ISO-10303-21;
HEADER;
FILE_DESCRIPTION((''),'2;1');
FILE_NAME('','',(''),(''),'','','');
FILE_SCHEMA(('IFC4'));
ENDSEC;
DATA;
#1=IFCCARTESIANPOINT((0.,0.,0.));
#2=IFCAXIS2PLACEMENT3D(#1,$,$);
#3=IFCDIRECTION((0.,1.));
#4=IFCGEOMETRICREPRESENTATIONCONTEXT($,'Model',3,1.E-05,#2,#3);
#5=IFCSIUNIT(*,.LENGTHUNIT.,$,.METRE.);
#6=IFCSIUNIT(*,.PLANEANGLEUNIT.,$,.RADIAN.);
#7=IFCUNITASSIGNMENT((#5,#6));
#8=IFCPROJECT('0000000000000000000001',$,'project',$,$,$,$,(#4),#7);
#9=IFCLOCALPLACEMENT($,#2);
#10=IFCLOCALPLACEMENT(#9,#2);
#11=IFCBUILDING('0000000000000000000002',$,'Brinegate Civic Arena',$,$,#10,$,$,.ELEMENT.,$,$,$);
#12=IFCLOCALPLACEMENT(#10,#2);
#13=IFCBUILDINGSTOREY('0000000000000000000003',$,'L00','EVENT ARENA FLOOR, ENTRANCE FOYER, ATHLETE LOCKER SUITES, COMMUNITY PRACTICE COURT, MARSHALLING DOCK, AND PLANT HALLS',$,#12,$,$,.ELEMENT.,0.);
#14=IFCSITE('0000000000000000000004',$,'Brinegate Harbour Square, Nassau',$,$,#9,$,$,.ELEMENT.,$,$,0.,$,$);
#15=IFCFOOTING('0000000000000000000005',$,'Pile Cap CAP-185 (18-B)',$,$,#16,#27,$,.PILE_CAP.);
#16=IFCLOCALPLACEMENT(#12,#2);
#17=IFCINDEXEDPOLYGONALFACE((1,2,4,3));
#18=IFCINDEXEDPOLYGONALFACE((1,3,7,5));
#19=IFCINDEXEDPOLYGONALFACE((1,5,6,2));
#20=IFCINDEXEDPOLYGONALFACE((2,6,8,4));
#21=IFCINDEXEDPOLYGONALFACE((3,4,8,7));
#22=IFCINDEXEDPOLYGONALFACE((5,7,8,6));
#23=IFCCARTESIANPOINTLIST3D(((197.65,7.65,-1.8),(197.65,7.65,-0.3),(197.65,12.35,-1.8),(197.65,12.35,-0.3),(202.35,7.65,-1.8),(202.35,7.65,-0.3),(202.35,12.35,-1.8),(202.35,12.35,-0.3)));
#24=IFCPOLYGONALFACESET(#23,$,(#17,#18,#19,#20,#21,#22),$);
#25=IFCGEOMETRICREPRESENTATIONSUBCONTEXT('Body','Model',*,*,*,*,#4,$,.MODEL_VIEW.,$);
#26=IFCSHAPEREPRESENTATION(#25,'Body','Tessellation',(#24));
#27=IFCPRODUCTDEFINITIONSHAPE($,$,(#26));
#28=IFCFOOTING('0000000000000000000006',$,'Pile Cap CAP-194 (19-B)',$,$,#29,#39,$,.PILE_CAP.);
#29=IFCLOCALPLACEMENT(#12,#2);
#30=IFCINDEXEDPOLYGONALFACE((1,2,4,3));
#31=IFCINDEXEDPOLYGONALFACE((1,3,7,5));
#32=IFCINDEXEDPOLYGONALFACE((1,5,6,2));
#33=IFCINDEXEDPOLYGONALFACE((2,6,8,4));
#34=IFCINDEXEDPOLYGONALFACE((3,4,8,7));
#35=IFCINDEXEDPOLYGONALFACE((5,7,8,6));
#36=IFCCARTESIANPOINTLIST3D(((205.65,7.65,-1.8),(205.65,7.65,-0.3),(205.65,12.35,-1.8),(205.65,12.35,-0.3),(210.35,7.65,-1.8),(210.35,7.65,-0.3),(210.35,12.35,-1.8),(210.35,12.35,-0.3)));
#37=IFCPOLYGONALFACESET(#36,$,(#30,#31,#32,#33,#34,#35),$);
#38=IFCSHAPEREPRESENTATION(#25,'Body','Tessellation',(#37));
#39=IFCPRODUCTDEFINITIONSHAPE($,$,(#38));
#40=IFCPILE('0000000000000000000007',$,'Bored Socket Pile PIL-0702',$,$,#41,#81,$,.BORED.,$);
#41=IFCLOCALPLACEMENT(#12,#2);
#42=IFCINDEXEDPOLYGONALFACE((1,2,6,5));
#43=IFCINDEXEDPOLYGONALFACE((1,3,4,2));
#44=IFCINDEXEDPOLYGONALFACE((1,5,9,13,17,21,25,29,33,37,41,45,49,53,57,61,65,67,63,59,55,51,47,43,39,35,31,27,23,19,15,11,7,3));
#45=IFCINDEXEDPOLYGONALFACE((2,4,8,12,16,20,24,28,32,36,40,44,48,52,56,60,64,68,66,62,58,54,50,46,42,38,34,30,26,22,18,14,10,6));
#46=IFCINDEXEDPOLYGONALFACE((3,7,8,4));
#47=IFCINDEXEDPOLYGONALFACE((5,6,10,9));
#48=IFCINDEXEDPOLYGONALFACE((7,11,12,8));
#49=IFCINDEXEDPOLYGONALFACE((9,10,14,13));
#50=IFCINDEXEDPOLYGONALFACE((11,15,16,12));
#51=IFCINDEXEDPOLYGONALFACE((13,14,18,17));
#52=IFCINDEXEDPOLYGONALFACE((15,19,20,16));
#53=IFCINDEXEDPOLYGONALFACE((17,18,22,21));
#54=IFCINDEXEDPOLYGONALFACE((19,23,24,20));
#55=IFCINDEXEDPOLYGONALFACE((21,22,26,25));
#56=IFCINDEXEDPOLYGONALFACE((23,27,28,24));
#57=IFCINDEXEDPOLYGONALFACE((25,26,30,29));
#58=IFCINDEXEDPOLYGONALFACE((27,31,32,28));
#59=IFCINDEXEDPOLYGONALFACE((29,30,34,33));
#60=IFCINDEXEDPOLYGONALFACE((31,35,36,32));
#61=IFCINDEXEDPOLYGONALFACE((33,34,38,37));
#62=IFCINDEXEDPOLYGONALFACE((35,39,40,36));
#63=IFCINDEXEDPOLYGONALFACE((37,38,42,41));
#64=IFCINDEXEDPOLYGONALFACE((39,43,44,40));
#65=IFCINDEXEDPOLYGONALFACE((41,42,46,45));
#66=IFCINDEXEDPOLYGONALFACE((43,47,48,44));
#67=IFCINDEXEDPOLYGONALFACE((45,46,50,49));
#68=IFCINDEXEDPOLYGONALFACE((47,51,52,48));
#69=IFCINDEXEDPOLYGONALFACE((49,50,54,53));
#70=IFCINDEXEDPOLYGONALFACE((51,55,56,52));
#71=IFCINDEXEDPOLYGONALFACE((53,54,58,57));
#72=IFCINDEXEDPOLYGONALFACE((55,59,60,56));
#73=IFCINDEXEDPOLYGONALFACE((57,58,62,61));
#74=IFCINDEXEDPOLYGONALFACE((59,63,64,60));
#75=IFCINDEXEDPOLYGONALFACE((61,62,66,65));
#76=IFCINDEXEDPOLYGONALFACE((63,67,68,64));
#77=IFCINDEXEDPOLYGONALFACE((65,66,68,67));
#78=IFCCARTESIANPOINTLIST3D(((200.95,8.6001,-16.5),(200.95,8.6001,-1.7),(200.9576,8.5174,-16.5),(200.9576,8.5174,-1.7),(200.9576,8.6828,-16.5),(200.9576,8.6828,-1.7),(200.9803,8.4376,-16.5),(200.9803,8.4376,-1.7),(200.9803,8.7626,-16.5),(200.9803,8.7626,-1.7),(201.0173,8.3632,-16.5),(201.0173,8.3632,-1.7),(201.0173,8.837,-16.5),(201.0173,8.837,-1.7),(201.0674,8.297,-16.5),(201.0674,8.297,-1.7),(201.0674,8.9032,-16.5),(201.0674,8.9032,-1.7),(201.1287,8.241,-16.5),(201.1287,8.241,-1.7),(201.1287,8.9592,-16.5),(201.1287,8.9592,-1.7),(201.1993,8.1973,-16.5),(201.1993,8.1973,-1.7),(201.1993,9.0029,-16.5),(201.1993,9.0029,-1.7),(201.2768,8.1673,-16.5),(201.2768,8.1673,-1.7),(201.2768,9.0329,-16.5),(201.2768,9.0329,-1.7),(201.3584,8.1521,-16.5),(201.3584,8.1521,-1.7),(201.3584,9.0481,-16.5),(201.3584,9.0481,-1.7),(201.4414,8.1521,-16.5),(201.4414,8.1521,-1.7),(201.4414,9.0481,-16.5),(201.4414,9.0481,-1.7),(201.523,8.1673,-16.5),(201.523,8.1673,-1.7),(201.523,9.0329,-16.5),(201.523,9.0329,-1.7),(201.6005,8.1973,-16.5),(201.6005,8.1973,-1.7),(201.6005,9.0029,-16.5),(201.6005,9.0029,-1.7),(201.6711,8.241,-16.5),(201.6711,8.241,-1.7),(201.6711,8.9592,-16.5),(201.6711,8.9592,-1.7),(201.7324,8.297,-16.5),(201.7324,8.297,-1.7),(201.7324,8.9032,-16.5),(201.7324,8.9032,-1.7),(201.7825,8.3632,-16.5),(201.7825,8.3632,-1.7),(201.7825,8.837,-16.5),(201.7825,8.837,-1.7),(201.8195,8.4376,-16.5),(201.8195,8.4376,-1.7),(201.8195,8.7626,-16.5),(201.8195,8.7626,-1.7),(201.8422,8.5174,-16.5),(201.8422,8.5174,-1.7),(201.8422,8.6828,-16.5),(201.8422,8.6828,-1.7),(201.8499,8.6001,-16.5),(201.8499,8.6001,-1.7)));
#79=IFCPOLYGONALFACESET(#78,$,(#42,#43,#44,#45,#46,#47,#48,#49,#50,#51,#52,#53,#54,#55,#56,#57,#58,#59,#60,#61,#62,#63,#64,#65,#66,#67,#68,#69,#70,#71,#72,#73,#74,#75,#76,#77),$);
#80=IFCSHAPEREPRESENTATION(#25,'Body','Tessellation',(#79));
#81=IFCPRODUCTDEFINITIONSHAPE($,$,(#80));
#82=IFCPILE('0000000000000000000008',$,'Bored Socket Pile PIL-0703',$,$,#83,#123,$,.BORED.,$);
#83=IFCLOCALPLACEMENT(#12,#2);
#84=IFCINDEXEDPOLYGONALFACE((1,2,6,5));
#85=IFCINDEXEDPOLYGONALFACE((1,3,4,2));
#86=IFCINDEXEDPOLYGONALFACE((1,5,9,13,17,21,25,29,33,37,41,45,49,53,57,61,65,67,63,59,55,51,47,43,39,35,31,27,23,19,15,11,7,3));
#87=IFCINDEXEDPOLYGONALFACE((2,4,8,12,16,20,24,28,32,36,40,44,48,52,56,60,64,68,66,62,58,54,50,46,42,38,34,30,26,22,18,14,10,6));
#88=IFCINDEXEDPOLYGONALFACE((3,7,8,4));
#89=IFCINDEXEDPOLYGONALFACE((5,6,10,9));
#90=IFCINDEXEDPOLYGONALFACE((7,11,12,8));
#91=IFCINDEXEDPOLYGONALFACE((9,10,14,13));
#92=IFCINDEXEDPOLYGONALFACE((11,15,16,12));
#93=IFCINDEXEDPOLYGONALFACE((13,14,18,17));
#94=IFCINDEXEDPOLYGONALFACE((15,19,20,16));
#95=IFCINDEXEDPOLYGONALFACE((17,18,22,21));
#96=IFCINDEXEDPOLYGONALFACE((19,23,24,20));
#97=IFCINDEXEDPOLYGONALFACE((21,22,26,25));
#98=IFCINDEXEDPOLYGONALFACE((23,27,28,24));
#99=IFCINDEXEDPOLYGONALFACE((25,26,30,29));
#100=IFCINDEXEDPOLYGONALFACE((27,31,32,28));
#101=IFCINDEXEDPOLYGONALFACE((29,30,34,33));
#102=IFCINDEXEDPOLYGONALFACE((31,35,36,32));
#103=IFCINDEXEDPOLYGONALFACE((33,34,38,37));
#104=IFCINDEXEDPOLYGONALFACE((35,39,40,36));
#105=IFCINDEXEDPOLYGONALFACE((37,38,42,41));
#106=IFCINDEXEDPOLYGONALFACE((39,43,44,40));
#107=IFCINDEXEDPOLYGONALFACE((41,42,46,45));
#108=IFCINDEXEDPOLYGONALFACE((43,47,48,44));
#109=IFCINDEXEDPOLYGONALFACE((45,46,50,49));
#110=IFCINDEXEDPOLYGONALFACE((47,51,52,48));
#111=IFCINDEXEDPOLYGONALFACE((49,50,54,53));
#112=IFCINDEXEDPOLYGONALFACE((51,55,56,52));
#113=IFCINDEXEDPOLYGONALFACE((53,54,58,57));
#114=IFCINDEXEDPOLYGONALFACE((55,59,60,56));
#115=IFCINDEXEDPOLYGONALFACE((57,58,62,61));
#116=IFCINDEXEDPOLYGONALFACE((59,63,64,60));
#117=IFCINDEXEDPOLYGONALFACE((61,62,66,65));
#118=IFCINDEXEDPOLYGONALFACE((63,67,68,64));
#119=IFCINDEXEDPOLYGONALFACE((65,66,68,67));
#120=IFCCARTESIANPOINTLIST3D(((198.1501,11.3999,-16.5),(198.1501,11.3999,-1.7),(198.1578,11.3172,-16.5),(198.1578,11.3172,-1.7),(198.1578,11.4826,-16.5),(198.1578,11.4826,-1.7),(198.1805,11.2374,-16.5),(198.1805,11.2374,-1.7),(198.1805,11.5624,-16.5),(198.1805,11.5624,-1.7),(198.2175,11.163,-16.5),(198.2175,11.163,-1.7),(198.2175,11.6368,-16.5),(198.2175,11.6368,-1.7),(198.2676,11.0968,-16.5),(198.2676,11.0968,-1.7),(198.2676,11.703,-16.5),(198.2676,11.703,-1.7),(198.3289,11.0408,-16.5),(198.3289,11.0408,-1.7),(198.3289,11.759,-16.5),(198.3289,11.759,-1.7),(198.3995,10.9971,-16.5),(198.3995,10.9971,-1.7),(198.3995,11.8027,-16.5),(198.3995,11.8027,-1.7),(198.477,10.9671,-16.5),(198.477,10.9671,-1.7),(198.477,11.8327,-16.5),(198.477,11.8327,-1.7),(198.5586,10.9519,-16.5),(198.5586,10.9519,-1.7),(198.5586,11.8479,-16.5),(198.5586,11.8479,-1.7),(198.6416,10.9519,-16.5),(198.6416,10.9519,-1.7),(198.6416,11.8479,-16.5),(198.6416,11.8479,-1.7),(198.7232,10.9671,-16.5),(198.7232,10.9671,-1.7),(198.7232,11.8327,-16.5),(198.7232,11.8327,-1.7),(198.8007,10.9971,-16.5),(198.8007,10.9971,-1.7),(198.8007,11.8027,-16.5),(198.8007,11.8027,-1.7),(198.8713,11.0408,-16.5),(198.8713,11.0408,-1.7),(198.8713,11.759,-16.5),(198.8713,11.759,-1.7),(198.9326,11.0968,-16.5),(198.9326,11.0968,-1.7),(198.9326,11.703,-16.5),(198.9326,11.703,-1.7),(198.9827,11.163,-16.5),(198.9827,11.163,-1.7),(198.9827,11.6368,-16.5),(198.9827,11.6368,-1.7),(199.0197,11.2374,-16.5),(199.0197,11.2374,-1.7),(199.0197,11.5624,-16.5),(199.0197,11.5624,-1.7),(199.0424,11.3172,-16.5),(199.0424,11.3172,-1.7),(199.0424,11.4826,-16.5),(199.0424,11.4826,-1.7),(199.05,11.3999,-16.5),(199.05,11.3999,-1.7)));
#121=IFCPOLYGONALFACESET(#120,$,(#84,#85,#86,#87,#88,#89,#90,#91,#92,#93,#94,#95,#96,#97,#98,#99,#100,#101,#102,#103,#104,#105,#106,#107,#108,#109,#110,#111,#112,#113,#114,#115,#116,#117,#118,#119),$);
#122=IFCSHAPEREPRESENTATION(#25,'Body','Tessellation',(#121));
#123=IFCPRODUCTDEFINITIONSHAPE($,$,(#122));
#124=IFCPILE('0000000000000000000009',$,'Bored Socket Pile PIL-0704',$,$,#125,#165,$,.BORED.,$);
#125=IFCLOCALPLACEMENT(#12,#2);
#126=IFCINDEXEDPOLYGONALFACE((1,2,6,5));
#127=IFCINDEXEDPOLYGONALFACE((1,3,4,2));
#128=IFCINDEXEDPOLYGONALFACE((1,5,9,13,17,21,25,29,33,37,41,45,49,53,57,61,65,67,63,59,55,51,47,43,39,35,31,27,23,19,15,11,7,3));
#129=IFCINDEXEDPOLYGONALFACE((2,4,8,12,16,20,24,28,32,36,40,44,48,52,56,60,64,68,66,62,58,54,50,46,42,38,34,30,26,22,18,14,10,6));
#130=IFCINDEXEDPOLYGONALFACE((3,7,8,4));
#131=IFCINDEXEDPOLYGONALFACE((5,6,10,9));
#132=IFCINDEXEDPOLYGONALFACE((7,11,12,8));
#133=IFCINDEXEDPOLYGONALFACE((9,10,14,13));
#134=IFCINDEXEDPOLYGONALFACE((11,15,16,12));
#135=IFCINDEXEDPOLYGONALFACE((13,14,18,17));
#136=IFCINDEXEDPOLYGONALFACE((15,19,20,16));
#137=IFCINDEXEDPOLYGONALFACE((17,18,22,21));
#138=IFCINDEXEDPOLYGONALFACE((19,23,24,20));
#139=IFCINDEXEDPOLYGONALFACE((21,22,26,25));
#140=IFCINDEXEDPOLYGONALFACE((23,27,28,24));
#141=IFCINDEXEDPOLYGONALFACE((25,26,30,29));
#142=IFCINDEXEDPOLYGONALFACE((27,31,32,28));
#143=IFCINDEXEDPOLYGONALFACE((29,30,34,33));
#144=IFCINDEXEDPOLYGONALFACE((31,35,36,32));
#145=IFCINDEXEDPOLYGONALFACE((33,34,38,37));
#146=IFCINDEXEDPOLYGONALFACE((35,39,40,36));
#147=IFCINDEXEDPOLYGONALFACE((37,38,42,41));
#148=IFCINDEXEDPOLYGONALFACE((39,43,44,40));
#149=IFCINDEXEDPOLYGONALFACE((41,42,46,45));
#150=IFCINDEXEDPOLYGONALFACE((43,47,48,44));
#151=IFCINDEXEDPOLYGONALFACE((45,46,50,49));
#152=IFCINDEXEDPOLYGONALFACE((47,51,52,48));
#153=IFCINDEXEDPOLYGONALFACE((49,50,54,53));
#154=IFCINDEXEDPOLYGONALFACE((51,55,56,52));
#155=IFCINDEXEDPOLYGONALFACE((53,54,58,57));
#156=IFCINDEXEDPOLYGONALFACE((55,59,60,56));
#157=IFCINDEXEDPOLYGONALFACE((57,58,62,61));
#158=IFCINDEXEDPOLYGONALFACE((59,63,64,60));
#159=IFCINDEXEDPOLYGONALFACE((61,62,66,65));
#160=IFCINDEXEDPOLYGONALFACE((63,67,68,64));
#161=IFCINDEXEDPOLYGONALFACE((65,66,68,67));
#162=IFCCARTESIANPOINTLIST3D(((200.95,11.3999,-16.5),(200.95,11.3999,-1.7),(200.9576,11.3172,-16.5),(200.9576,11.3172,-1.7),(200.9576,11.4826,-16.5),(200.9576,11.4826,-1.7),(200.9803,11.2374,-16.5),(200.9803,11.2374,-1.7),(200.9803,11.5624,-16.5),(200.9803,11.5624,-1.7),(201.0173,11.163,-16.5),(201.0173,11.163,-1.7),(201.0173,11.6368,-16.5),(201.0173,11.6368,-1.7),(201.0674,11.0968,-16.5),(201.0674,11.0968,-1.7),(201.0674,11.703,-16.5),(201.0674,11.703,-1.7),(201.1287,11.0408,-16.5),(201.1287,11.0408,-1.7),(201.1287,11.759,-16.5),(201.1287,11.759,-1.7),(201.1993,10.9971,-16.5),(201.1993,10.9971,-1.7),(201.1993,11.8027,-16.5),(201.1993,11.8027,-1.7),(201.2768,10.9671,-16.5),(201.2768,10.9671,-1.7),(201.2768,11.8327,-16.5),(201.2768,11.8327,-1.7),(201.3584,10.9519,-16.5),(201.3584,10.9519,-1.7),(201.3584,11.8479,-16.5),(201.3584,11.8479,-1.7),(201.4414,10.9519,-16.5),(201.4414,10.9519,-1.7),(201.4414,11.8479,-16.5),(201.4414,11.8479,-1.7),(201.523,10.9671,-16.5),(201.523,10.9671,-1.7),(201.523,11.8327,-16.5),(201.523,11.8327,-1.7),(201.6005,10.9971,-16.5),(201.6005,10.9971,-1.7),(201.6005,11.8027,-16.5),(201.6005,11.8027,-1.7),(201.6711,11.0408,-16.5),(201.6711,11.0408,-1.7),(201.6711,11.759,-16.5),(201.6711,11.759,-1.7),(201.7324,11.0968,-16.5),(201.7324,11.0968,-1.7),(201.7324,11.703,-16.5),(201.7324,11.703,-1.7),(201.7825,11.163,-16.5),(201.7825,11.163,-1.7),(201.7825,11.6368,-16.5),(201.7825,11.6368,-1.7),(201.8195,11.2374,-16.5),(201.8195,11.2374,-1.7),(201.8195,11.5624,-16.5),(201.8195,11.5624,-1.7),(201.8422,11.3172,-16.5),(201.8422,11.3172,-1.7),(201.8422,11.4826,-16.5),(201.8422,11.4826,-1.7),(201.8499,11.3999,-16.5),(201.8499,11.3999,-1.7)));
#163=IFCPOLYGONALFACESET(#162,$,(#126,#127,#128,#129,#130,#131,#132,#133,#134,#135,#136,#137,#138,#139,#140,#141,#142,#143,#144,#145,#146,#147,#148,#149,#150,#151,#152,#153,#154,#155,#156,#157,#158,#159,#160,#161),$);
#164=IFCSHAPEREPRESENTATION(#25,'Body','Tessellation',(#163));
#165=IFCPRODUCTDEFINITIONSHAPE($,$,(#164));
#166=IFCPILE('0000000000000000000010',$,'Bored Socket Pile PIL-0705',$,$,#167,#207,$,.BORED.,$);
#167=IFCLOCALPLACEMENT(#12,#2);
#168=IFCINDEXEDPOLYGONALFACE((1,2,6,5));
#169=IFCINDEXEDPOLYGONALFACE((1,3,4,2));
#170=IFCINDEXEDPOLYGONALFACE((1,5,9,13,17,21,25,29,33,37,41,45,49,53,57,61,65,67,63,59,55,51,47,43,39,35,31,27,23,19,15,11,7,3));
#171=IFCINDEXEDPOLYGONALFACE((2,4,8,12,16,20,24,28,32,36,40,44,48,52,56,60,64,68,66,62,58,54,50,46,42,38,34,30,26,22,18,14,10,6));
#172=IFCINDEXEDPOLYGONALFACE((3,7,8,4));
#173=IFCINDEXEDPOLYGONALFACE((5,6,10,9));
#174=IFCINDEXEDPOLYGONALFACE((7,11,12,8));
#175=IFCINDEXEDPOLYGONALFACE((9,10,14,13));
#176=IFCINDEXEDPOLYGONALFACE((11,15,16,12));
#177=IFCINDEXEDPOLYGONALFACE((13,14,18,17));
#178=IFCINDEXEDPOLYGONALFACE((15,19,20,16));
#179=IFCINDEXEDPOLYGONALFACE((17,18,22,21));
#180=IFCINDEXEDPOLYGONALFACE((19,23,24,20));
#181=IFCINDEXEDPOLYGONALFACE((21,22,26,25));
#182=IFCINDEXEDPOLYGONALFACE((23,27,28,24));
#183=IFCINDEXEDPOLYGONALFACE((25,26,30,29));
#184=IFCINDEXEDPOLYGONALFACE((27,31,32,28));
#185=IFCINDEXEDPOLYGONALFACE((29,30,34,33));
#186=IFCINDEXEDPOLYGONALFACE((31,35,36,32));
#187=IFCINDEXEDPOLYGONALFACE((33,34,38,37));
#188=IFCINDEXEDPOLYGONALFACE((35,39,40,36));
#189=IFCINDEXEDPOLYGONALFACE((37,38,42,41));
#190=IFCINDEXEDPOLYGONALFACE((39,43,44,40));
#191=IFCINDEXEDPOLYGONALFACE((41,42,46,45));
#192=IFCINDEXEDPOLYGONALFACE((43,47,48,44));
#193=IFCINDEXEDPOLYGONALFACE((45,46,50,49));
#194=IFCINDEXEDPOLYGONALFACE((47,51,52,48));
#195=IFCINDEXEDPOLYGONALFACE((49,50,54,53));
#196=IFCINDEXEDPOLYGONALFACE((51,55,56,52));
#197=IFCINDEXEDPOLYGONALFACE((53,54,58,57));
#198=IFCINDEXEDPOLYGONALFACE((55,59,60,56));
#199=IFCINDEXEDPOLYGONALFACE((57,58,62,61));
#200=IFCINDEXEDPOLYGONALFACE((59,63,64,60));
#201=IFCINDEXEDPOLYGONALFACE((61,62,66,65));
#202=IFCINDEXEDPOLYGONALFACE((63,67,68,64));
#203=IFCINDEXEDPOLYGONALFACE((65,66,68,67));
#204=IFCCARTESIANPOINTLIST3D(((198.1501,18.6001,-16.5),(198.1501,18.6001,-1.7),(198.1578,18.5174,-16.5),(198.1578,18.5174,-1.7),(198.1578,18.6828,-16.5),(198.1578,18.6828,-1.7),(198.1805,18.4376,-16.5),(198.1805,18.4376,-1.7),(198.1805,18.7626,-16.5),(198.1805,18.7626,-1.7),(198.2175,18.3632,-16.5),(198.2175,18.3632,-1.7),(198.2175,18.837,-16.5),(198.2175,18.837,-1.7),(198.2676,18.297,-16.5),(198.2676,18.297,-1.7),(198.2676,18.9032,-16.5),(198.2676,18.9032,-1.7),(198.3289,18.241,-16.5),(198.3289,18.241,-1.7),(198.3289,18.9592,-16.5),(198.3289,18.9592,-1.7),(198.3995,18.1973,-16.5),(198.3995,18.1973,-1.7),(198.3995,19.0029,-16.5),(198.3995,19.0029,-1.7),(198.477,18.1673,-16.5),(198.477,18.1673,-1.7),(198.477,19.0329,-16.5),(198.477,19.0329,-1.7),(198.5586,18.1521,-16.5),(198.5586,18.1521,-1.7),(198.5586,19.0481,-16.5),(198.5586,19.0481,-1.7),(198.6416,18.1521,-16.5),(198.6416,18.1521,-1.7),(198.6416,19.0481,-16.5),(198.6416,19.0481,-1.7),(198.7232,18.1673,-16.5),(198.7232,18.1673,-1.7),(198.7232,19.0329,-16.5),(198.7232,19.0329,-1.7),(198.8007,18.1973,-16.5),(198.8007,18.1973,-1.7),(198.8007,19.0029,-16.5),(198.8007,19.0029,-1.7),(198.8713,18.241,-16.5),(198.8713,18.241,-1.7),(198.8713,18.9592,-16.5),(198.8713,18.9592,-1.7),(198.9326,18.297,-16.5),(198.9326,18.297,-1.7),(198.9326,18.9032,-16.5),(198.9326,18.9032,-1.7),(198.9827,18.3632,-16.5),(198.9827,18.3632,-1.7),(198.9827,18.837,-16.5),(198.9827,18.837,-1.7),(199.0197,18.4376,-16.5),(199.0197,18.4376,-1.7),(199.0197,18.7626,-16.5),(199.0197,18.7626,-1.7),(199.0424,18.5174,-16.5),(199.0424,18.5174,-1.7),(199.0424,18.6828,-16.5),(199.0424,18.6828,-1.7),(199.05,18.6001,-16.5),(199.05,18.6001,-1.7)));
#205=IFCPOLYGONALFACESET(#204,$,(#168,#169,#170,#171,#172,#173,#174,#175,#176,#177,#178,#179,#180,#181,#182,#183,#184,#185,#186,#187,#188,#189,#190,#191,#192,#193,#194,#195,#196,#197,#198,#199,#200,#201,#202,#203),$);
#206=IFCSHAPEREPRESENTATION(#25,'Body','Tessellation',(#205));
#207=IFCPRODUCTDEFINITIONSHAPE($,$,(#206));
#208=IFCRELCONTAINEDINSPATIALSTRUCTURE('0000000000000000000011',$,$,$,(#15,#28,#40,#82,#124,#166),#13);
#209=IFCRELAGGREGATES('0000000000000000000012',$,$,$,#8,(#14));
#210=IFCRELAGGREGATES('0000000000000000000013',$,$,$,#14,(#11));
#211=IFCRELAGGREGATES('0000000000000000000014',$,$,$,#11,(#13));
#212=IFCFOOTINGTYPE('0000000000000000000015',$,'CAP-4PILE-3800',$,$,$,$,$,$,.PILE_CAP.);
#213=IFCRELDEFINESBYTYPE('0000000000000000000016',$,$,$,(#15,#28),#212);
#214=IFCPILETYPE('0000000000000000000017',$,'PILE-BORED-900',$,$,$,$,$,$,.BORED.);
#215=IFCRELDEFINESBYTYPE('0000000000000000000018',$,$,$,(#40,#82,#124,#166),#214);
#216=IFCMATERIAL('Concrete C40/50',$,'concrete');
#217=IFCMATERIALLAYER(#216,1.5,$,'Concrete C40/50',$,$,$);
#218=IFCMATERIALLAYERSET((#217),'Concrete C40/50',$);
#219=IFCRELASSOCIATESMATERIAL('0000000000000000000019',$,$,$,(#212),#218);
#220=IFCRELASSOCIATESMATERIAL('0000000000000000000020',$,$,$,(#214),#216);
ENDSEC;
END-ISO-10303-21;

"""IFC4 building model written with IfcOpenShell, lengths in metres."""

from ifc_helpers import new_model, si_unit, direction, frame, origin, origin_2d, place, context, subcontext, project, spatial, rectangle, circle, extrude, material, layer, layer_set, material_profile, profile_set, type_object, element, save


model = new_model("IFC4")

# Units and contexts
model_context = context("Model", 3, precision=1e-05, world=origin(), true_north=direction((0.0, 1.0)))
body_context = subcontext(model_context, "Body", "Model", "MODEL_VIEW")
ifc_project = project(units=[si_unit("LENGTHUNIT", "METRE"), si_unit("PLANEANGLEUNIT", "RADIAN")], contexts=[model_context])

# Site, building, storey
site_placement = place(None, origin())
site = spatial("IfcSite", under=ifc_project, at=site_placement, Name="Brinegate Harbour Square, Nassau", CompositionType="ELEMENT", RefElevation=0.0)
building_placement = place(site_placement, origin())
building = spatial("IfcBuilding", under=site, at=building_placement, Name="Brinegate Civic Arena", CompositionType="ELEMENT")
storey_placement = place(building_placement, origin())
storey = spatial("IfcBuildingStorey", under=building, at=storey_placement, Name="L00", Description="EVENT ARENA FLOOR, ENTRANCE FOYER, ATHLETE LOCKER SUITES, COMMUNITY PRACTICE COURT, MARSHALLING DOCK, AND PLANT HALLS", CompositionType="ELEMENT", Elevation=0.0)

# Footings
ifc_material_1 = material(Name="Concrete C40/50", Category="concrete")
ifc_layer_1 = layer(ifc_material_1, 1.5, Name="Concrete C40/50")
ifc_layer_set_1 = layer_set([ifc_layer_1], Name="Concrete C40/50")
footing_type_1 = type_object("IfcFootingType", Name="CAP-4PILE-3800", PredefinedType="PILE_CAP", material=ifc_layer_set_1)
for number, where, z_axis, x_axis, name in (
    (1, (200.0, 10.0, -1.8), (0.0, 0.0, 1.0), (1.0, 0.0, 0.0), "Pile Cap CAP-185 (18-B)"),
    (2, (208.0, 10.0, -1.8), (0.0, 0.0, 1.0), (1.0, 0.0, 0.0), "Pile Cap CAP-194 (19-B)"),
):
    element("IfcFooting", number, at=place(storey_placement, frame(where, z_axis=z_axis, x_axis=x_axis)), inside=storey, type_object=footing_type_1, Name=name, PredefinedType="PILE_CAP", context=body_context, shape_type="SweptSolid", body=[
        extrude(rectangle(XDim=4.7, YDim=4.7, at=origin_2d()), origin(), (0.0, 0.0, 1.0), 1.5),
    ])

# Piles
ifc_material_profile_1 = material_profile(ifc_material_1, circle(Radius=0.45, at=origin_2d()), Name="PILED900")
ifc_profile_set_1 = profile_set([ifc_material_profile_1], Name="Concrete C40/50")
pile_type = type_object("IfcPileType", Name="PILE-BORED-900", PredefinedType="BORED", material=ifc_profile_set_1)
for number, where, z_axis, x_axis, name in (
    (3, (201.3999, 8.6001, -1.7), (0.0, 0.0, -1.0), (1.0, 0.0, 0.0), "Bored Socket Pile PIL-0702"),
    (4, (198.6001, 11.3999, -1.7), (0.0, 0.0, -1.0), (1.0, 0.0, 0.0), "Bored Socket Pile PIL-0703"),
    (5, (201.3999, 11.3999, -1.7), (0.0, 0.0, -1.0), (1.0, 0.0, 0.0), "Bored Socket Pile PIL-0704"),
    (6, (198.6001, 18.6001, -1.7), (0.0, 0.0, -1.0), (1.0, 0.0, 0.0), "Bored Socket Pile PIL-0705"),
):
    element("IfcPile", number, at=place(storey_placement, frame(where, z_axis=z_axis, x_axis=x_axis)), inside=storey, type_object=pile_type, Name=name, PredefinedType="BORED", context=body_context, shape_type="SweptSolid", body=[
        extrude(circle(Radius=0.45, at=origin_2d()), origin(), (0.0, 0.0, 1.0), 14.8),
    ])

save(model, "model.ifc")
